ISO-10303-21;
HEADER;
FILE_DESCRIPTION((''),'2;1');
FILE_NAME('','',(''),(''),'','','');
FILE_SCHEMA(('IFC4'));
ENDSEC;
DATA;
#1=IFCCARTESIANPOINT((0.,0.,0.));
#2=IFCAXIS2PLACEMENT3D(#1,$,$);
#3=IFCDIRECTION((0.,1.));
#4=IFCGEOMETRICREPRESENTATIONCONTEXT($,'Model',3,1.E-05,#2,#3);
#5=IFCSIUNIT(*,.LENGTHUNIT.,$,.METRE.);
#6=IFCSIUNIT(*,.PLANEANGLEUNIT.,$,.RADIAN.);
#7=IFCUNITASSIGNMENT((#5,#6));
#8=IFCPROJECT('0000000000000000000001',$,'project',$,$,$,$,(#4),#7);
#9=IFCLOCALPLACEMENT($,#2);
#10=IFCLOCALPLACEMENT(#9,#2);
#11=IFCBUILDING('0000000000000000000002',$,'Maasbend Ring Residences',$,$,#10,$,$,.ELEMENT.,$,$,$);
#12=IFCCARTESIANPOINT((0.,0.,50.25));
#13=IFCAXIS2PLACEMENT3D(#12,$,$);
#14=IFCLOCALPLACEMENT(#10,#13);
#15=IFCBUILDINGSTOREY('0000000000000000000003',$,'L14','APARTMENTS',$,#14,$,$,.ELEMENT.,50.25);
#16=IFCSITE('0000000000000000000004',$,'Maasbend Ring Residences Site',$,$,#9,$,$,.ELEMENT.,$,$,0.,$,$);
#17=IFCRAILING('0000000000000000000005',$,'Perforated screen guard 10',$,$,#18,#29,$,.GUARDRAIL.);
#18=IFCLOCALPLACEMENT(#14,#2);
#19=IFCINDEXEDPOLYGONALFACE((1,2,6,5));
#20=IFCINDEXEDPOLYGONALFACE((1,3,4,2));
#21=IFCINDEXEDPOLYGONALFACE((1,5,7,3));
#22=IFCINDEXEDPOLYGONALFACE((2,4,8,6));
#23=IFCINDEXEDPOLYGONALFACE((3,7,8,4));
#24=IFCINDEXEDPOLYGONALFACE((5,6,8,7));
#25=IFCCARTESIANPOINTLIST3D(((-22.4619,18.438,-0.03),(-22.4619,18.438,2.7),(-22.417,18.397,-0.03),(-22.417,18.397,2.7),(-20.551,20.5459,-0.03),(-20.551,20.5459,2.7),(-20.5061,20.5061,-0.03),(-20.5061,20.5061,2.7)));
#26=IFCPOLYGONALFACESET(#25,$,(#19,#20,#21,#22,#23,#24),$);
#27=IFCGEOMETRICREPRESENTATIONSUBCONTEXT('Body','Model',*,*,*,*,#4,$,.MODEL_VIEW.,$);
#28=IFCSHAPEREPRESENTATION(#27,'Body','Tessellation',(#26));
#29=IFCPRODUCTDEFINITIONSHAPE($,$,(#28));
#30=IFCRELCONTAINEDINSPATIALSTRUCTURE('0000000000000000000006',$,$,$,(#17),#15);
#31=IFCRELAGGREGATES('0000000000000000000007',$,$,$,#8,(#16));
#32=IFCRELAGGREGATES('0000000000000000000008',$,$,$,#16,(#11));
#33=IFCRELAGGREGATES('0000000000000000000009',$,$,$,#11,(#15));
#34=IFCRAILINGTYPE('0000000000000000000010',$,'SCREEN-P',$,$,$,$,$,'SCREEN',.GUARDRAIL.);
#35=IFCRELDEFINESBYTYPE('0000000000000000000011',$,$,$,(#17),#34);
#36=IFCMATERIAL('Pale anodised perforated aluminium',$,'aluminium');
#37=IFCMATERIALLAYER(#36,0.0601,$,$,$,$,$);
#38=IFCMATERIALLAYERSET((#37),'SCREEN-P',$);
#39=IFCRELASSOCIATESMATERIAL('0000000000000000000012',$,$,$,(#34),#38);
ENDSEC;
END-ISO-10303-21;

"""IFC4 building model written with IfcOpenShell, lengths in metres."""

from ifc_helpers import new_model, si_unit, direction, frame, origin, place, context, subcontext, project, spatial, polyline, outline, extrude, material, layer, layer_set, type_object, element, save


model = new_model("IFC4")

# Units and contexts
model_context = context("Model", 3, precision=1e-05, world=origin(), true_north=direction((0.0, 1.0)))
body_context = subcontext(model_context, "Body", "Model", "MODEL_VIEW")
ifc_project = project(units=[si_unit("LENGTHUNIT", "METRE"), si_unit("PLANEANGLEUNIT", "RADIAN")], contexts=[model_context])

# Site, building, storey
site_placement = place(None, origin())
site = spatial("IfcSite", under=ifc_project, at=site_placement, Name="Maasbend Ring Residences Site", CompositionType="ELEMENT", RefElevation=0.0)
building_placement = place(site_placement, origin())
building = spatial("IfcBuilding", under=site, at=building_placement, Name="Maasbend Ring Residences", CompositionType="ELEMENT")
storey_placement = place(building_placement, frame((0.0, 0.0, 50.25)))
storey = spatial("IfcBuildingStorey", under=building, at=storey_placement, Name="L14", Description="APARTMENTS", CompositionType="ELEMENT", Elevation=50.25)

# Railing
ifc_material_1 = material(Name="Pale anodised perforated aluminium", Category="aluminium")
ifc_layer_1 = layer(ifc_material_1, 0.0601)
ifc_layer_set_1 = layer_set([ifc_layer_1], Name="SCREEN-P")
railing_type = type_object("IfcRailingType", Name="SCREEN-P", ElementType="SCREEN", PredefinedType="GUARDRAIL", material=ifc_layer_set_1)
railing_1_placement = place(storey_placement, frame((0.0, 0.0, -0.03)))
element("IfcRailing", 1, at=railing_1_placement, inside=storey, type_object=railing_type, Name="Perforated screen guard 10", PredefinedType="GUARDRAIL", context=body_context, shape_type="SweptSolid", body=[
    extrude(outline(polyline([(-20.5061, 20.5061), (-22.417, 18.397), (-22.4619, 18.438), (-20.551, 20.5459), (-20.5061, 20.5061)])), origin(), (0.0, 0.0, 1.0), 2.73),
])

save(model, "model.ifc")
